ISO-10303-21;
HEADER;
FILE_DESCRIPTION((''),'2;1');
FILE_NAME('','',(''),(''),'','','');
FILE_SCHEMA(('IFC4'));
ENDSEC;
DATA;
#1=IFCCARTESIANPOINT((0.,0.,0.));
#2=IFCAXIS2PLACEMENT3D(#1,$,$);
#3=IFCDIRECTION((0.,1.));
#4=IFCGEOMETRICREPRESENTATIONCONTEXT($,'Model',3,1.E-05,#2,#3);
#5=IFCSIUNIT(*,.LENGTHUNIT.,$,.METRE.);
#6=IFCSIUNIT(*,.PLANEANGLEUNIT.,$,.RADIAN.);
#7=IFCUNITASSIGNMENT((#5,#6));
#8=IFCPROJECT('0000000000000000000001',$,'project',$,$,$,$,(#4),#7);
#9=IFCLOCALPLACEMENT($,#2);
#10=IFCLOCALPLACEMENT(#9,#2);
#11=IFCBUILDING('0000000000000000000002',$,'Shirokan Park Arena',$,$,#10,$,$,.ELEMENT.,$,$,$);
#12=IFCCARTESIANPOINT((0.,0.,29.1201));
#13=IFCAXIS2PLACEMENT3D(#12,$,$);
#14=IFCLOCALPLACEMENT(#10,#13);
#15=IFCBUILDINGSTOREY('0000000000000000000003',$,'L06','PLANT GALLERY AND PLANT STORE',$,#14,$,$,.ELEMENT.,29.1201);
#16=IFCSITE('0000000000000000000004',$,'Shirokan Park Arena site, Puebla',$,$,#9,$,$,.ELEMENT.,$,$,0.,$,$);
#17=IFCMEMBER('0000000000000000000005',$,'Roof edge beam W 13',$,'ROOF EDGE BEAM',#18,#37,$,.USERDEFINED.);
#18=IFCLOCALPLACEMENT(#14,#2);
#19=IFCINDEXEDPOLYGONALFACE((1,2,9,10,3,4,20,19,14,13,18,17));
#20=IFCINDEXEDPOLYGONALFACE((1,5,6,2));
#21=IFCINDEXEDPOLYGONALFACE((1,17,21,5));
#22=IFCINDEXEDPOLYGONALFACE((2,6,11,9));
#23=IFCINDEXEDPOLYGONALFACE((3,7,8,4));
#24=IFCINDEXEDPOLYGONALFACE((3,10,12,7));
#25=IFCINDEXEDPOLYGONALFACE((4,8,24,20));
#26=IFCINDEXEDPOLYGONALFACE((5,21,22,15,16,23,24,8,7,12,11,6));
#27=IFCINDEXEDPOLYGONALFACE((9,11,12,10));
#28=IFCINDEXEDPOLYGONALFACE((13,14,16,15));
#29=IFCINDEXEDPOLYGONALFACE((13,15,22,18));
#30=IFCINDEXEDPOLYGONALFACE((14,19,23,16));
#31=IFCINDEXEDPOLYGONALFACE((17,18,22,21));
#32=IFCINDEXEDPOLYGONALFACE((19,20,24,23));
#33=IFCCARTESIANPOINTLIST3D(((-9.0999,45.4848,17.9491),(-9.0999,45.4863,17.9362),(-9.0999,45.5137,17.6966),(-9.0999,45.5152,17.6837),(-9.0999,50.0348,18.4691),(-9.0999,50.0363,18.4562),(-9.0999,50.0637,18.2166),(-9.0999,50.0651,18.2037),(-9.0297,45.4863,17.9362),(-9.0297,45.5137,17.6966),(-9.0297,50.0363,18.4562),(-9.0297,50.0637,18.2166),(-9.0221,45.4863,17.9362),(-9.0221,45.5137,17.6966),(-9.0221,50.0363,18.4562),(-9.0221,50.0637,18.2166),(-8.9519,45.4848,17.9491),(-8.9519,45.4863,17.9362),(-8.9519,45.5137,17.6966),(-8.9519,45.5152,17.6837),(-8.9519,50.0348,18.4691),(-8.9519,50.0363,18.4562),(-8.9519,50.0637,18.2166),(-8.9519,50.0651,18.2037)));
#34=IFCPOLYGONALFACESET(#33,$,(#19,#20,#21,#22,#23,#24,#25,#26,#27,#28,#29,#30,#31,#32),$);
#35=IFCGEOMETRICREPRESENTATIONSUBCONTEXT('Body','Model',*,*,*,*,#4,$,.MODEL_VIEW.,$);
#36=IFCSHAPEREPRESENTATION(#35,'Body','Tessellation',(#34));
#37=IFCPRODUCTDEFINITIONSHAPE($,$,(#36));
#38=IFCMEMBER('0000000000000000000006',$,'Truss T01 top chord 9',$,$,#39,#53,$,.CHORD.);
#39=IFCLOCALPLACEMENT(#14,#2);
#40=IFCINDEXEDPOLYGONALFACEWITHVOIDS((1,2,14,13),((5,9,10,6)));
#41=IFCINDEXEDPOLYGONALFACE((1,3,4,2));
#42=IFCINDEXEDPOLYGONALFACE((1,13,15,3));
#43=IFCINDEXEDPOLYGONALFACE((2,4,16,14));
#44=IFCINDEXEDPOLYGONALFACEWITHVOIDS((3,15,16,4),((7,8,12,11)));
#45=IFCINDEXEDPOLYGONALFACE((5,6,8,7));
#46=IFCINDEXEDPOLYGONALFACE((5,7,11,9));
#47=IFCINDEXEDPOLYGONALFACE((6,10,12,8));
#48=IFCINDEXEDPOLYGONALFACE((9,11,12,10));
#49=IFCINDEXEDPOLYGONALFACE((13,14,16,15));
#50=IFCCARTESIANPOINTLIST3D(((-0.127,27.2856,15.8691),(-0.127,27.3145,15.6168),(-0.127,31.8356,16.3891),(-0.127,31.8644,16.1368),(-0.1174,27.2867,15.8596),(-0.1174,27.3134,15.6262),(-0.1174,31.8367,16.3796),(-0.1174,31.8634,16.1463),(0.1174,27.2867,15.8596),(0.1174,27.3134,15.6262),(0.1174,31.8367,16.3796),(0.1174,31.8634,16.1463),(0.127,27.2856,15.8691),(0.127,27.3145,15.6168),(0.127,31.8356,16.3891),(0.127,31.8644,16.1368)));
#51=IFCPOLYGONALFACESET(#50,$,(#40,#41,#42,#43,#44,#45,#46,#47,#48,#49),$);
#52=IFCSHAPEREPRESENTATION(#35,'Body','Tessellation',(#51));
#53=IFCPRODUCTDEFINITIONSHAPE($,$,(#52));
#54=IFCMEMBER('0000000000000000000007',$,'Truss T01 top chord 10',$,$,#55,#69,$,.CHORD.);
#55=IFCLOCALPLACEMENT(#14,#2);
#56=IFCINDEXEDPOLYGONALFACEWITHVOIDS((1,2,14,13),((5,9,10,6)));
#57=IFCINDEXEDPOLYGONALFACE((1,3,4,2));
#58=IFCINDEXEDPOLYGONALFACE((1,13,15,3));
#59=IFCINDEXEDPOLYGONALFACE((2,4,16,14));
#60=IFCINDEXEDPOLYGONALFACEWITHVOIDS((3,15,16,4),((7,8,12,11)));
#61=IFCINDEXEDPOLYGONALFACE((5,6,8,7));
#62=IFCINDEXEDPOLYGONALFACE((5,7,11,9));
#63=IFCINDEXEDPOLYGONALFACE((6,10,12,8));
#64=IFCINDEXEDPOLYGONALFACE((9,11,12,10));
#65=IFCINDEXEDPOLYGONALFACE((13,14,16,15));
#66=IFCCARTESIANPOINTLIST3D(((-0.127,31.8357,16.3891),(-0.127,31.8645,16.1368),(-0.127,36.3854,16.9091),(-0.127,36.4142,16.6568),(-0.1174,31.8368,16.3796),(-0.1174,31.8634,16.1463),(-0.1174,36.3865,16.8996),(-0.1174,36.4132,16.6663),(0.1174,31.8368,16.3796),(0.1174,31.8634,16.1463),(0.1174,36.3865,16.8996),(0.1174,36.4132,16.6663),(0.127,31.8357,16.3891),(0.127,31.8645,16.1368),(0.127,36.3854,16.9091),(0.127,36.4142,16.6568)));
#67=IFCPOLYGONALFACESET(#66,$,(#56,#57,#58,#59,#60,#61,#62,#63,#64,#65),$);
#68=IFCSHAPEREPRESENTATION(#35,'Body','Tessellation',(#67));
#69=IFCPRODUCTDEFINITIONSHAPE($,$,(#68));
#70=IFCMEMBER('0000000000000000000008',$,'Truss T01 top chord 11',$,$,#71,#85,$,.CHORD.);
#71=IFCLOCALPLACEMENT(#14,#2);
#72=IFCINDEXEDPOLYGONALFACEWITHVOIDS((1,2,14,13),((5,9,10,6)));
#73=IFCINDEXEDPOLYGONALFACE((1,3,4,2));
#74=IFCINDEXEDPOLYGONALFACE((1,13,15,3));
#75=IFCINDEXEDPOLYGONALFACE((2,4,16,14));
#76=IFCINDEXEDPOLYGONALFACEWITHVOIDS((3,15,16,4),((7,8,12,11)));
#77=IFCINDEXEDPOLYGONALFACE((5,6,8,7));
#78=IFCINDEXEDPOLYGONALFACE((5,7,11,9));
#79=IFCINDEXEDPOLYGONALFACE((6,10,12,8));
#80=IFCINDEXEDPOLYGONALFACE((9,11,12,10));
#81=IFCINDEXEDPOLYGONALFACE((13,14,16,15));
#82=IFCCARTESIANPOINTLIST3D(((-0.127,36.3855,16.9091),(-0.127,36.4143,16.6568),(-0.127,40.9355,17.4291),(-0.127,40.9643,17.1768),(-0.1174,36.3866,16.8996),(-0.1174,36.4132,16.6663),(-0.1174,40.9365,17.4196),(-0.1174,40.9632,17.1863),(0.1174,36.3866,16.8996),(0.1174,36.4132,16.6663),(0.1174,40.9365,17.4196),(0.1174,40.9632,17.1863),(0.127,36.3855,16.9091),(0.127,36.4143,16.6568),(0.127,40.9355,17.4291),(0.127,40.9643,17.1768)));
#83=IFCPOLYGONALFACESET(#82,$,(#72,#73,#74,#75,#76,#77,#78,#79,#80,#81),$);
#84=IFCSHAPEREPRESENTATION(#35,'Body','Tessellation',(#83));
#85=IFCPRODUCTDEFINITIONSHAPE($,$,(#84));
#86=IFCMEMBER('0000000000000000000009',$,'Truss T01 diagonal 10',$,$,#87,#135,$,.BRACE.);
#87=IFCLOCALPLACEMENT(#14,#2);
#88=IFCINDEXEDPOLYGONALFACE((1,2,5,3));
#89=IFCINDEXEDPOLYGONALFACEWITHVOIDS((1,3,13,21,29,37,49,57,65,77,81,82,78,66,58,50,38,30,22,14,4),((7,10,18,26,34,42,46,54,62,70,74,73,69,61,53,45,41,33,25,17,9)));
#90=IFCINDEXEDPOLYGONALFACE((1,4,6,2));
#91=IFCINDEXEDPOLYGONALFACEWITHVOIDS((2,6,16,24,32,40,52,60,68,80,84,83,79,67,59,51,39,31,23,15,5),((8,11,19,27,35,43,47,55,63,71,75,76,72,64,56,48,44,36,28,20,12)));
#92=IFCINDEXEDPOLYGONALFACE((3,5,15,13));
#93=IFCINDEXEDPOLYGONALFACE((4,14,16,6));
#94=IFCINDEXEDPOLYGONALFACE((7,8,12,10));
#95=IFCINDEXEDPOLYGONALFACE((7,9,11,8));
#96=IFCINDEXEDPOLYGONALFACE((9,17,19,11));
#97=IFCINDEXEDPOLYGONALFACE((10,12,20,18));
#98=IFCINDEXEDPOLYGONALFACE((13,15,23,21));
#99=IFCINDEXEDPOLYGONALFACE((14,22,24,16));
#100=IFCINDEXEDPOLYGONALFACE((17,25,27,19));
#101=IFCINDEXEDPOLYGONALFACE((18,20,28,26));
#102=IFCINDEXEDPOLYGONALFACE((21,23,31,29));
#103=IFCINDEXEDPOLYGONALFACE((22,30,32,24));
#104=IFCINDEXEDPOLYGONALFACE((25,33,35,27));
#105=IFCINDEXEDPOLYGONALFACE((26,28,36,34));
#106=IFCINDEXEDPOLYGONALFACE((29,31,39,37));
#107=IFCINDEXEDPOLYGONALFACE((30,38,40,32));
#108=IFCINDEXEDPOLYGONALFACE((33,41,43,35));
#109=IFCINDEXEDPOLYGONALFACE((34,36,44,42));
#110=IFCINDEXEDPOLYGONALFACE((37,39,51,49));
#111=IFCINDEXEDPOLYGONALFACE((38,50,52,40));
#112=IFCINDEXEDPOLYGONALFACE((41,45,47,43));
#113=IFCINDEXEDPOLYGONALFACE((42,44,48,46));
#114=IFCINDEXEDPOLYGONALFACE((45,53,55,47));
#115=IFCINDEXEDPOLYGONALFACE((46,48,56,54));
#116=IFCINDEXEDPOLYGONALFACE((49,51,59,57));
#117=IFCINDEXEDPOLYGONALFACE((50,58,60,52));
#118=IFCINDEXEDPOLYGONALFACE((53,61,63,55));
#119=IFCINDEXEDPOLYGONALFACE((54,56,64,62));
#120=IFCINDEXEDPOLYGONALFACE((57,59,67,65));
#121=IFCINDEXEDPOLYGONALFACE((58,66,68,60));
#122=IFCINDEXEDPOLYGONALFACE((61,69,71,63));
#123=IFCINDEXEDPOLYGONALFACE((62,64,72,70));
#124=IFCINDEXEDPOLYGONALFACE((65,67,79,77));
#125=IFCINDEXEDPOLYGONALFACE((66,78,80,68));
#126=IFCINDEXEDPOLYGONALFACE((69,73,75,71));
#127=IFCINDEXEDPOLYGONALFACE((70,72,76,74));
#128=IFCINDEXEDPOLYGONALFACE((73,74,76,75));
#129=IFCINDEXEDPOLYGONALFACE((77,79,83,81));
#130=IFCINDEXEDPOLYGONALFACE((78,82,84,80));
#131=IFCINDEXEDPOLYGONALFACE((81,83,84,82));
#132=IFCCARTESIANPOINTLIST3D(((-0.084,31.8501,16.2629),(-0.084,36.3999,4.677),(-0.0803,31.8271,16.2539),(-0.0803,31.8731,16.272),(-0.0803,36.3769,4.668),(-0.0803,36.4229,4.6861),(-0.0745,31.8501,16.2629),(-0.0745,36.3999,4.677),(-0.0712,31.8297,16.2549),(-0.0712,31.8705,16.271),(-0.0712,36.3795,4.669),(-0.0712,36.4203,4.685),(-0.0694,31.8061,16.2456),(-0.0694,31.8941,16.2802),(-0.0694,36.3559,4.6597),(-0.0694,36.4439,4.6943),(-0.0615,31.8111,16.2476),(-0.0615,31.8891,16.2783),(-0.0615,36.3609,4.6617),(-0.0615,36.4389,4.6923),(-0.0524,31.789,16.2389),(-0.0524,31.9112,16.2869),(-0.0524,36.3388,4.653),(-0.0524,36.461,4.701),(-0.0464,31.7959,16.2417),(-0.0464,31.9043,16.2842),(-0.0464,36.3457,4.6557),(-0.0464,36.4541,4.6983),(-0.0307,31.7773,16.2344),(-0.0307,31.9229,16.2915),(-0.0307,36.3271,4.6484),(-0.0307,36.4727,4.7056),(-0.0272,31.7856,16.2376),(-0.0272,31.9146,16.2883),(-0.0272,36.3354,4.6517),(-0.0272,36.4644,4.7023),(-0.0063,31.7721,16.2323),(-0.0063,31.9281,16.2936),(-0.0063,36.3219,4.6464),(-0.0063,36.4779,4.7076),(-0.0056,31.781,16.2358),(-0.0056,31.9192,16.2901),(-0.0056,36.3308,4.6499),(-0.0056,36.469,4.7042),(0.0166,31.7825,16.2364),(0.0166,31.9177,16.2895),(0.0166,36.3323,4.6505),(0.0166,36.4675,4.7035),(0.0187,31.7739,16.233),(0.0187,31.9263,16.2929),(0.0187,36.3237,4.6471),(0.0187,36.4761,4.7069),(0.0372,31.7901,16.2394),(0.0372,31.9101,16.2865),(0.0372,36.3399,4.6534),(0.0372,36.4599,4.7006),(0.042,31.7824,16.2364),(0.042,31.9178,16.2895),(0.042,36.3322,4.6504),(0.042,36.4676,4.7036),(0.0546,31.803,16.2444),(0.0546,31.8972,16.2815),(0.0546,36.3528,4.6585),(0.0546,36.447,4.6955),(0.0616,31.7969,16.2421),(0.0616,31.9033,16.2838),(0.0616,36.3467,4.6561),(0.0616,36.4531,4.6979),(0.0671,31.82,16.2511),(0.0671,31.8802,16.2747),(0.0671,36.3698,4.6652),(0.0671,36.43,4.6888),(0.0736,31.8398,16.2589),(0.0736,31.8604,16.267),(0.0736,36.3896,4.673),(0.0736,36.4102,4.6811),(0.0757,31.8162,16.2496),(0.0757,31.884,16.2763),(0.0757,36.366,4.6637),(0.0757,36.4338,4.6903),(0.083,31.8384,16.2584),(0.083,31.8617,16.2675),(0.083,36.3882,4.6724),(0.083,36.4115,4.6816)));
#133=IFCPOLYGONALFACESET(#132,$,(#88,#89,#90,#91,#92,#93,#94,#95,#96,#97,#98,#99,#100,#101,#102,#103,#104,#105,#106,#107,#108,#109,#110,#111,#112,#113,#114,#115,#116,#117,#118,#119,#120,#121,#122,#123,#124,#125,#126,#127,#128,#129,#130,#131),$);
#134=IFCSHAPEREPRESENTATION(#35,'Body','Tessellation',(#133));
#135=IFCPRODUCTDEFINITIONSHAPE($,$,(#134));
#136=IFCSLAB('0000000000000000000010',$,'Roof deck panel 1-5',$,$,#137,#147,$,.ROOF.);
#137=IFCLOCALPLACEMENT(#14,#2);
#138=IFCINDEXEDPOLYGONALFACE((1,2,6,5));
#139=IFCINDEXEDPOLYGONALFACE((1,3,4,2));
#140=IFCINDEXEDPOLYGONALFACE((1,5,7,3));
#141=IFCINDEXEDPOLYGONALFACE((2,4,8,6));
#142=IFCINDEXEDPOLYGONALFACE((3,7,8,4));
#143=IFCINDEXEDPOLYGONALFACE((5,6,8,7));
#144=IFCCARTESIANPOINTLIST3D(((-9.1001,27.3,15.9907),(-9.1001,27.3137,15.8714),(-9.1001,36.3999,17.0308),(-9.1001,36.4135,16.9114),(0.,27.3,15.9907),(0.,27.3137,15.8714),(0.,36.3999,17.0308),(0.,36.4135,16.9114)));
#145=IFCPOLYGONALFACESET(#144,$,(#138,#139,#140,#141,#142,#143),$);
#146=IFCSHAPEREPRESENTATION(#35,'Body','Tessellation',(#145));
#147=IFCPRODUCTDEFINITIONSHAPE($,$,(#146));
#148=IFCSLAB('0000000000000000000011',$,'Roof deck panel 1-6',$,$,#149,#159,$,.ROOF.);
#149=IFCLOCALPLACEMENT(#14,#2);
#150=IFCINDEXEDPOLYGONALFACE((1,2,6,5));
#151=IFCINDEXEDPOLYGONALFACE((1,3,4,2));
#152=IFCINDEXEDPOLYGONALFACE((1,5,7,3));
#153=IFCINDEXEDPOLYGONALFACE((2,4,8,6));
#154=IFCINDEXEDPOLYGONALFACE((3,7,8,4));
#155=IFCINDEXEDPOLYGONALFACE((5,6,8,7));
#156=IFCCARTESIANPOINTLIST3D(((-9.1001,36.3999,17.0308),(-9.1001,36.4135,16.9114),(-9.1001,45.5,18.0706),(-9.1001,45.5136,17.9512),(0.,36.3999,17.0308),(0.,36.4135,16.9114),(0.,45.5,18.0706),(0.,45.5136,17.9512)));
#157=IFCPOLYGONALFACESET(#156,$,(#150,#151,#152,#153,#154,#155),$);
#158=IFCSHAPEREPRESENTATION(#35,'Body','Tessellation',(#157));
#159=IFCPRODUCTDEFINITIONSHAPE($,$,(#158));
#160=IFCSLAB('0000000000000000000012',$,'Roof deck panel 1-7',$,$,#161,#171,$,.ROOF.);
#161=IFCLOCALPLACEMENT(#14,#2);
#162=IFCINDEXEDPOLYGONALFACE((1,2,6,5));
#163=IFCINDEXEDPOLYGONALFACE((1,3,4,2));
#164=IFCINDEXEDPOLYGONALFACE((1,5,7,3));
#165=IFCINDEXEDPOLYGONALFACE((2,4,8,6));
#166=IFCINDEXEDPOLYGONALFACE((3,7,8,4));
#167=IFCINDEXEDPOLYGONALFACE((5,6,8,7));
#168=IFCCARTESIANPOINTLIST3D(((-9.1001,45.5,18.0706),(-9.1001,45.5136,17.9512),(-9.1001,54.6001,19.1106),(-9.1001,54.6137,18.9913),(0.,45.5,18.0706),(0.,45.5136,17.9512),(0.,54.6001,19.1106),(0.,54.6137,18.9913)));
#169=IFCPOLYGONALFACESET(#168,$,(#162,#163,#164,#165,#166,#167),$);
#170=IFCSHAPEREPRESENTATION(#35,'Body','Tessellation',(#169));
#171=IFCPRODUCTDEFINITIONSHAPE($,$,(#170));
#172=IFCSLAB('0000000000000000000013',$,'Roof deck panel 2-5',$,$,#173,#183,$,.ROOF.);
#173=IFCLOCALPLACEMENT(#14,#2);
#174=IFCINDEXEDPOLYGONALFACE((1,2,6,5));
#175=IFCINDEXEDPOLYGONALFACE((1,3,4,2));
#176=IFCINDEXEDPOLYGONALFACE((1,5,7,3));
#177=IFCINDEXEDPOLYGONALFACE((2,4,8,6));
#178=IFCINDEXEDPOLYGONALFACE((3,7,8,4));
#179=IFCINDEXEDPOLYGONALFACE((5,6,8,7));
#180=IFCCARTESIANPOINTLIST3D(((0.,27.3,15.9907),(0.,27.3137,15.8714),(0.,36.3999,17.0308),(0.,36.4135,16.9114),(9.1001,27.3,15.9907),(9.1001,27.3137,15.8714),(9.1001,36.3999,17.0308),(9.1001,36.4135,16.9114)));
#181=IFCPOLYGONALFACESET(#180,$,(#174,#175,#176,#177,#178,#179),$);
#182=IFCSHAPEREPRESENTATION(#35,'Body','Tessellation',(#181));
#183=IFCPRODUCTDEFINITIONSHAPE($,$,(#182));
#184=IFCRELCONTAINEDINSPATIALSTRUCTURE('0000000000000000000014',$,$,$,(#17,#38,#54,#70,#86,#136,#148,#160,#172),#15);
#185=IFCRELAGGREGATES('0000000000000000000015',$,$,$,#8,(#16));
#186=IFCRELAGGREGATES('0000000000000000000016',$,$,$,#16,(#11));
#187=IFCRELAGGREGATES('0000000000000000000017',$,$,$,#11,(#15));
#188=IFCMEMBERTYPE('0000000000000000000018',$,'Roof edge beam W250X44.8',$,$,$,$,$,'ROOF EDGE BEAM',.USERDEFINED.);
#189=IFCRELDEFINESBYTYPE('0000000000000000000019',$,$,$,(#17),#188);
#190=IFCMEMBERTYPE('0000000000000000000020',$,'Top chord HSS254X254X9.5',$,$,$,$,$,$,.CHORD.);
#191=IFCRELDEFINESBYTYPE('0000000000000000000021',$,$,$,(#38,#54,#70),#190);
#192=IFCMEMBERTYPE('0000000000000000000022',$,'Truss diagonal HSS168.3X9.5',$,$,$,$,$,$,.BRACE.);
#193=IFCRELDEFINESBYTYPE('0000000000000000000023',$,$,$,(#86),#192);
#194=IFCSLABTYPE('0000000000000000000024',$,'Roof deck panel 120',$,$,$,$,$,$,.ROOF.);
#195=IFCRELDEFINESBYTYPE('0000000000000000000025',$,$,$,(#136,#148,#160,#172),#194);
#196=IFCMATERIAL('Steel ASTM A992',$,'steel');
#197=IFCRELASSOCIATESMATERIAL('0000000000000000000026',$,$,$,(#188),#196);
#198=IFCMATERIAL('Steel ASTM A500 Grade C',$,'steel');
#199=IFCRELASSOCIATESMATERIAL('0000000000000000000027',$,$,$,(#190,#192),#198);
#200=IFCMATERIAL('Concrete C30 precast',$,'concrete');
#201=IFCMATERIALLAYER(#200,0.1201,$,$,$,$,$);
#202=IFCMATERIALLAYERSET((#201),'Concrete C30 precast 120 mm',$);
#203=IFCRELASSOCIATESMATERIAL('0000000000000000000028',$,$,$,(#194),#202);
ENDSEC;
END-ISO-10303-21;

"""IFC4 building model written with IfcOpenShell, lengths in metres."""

from ifc_helpers import new_model, si_unit, direction, frame, origin, origin_2d, place, context, subcontext, project, spatial, polyline, hollow_rectangle, hollow_circle, i_section, outline, extrude, material, layer, layer_set, material_profile, profile_set, type_object, element, save


model = new_model("IFC4")

# Units and contexts
model_context = context("Model", 3, precision=1e-05, world=origin(), true_north=direction((0.0, 1.0)))
body_context = subcontext(model_context, "Body", "Model", "MODEL_VIEW")
ifc_project = project(units=[si_unit("LENGTHUNIT", "METRE"), si_unit("PLANEANGLEUNIT", "RADIAN")], contexts=[model_context])

# Site, building, storey
site_placement = place(None, origin())
site = spatial("IfcSite", under=ifc_project, at=site_placement, Name="Shirokan Park Arena site, Puebla", CompositionType="ELEMENT", RefElevation=0.0)
building_placement = place(site_placement, origin())
building = spatial("IfcBuilding", under=site, at=building_placement, Name="Shirokan Park Arena", CompositionType="ELEMENT")
storey_placement = place(building_placement, frame((0.0, 0.0, 29.1201)))
storey = spatial("IfcBuildingStorey", under=building, at=storey_placement, Name="L06", Description="PLANT GALLERY AND PLANT STORE", CompositionType="ELEMENT", Elevation=29.1201)

# Members
ifc_material_1 = material(Name="Steel ASTM A992", Category="steel")
ifc_material_profile_1 = material_profile(ifc_material_1, i_section(OverallWidth=0.1479, OverallDepth=0.2671, WebThickness=0.0076, FlangeThickness=0.0129, at=origin_2d()), Name="W250X44.8")
ifc_profile_set_1 = profile_set([ifc_material_profile_1], Name="Steel ASTM A992")
member_type_1 = type_object("IfcMemberType", Name="Roof edge beam W250X44.8", ElementType="ROOF EDGE BEAM", PredefinedType="USERDEFINED", material=ifc_profile_set_1)
for number, where, z_axis, x_axis, name in (
    (1, (-9.0259, 45.5, 17.8164), (0.0, 0.993532, 0.11355), (-1.0, 0.0, 0.0), "Roof edge beam W 13"),
):
    element("IfcMember", number, at=place(storey_placement, frame(where, z_axis=z_axis, x_axis=x_axis)), inside=storey, type_object=member_type_1, Name=name, ObjectType="ROOF EDGE BEAM", PredefinedType="USERDEFINED", context=body_context, shape_type="SweptSolid", body=[
        extrude(i_section(OverallWidth=0.1479, OverallDepth=0.2671, WebThickness=0.0076, FlangeThickness=0.0129, at=origin_2d()), origin(), (0.0, 0.0, 1.0), 4.5796),
    ])
ifc_material_2 = material(Name="Steel ASTM A500 Grade C", Category="steel")
ifc_material_profile_2 = material_profile(ifc_material_2, hollow_rectangle(XDim=0.2539, YDim=0.2539, WallThickness=0.0095, at=origin_2d()), Name="HSS254X254X9.5")
ifc_profile_set_2 = profile_set([ifc_material_profile_2], Name="Steel ASTM A500 Grade C")
member_type_2 = type_object("IfcMemberType", Name="Top chord HSS254X254X9.5", PredefinedType="CHORD", material=ifc_profile_set_2)
member_1_placement = place(storey_placement, frame((0.0, 27.3, 15.7429), z_axis=(0.0, 0.993532, 0.11355), x_axis=(-1.0, 0.0, 0.0)))
element("IfcMember", 2, at=member_1_placement, inside=storey, type_object=member_type_2, Name="Truss T01 top chord 9", PredefinedType="CHORD", context=body_context, shape_type="SweptSolid", body=[
    extrude(hollow_rectangle(XDim=0.2539, YDim=0.2539, WallThickness=0.0095, at=origin_2d()), origin(), (0.0, 0.0, 1.0), 4.5796),
])
member_2_placement = place(storey_placement, frame((0.0, 31.8501, 16.2629), z_axis=(0.0, 0.993532, 0.113556), x_axis=(-1.0, 0.0, 0.0)))
element("IfcMember", 3, at=member_2_placement, inside=storey, type_object=member_type_2, Name="Truss T01 top chord 10", PredefinedType="CHORD", context=body_context, shape_type="SweptSolid", body=[
    extrude(hollow_rectangle(XDim=0.2539, YDim=0.2539, WallThickness=0.0095, at=origin_2d()), origin(), (0.0, 0.0, 1.0), 4.5793),
])
member_3_placement = place(storey_placement, frame((0.0, 36.3999, 16.783), z_axis=(0.0, 0.993532, 0.11355), x_axis=(-1.0, 0.0, 0.0)))
element("IfcMember", 4, at=member_3_placement, inside=storey, type_object=member_type_2, Name="Truss T01 top chord 11", PredefinedType="CHORD", context=body_context, shape_type="SweptSolid", body=[
    extrude(hollow_rectangle(XDim=0.2539, YDim=0.2539, WallThickness=0.0095, at=origin_2d()), origin(), (0.0, 0.0, 1.0), 4.5796),
])
ifc_material_profile_3 = material_profile(ifc_material_2, hollow_circle(Radius=0.084, WallThickness=0.0095, at=origin_2d()), Name="HSS168.3X9.5")
ifc_profile_set_3 = profile_set([ifc_material_profile_3], Name="Steel ASTM A500 Grade C")
member_type_3 = type_object("IfcMemberType", Name="Truss diagonal HSS168.3X9.5", PredefinedType="BRACE", material=ifc_profile_set_3)
member_4_placement = place(storey_placement, frame((0.0, 31.8501, 16.2629), z_axis=(0.0, 0.365526, -0.930801), x_axis=(-1.0, 0.0, 0.0)))
element("IfcMember", 5, at=member_4_placement, inside=storey, type_object=member_type_3, Name="Truss T01 diagonal 10", PredefinedType="BRACE", context=body_context, shape_type="SweptSolid", body=[
    extrude(hollow_circle(Radius=0.084, WallThickness=0.0095, at=origin_2d()), origin(), (0.0, 0.0, 1.0), 12.4473),
])

# Slabs
ifc_material_3 = material(Name="Concrete C30 precast", Category="concrete")
ifc_layer_1 = layer(ifc_material_3, 0.1201)
ifc_layer_set_1 = layer_set([ifc_layer_1], Name="Concrete C30 precast 120 mm")
slab_type = type_object("IfcSlabType", Name="Roof deck panel 120", PredefinedType="ROOF", material=ifc_layer_set_1)
slab_1_placement = place(storey_placement, frame((-9.1001, 27.3, 15.9907), z_axis=(0.0, -0.113553, 0.993532), x_axis=(1.0, 0.0, 0.0)))
element("IfcSlab", 6, at=slab_1_placement, inside=storey, type_object=slab_type, Name="Roof deck panel 1-5", PredefinedType="ROOF", context=body_context, shape_type="SweptSolid", body=[
    extrude(outline(polyline([(0.0, 0.0), (9.1001, 0.0), (9.1001, 9.1591), (0.0, 9.1591), (0.0, 0.0)])), origin(), (0.0, 0.0, -1.0), 0.1201),
])
slab_2_placement = place(storey_placement, frame((-9.1001, 36.3999, 17.0308), z_axis=(0.0, -0.113523, 0.993535), x_axis=(1.0, 0.0, 0.0)))
element("IfcSlab", 7, at=slab_2_placement, inside=storey, type_object=slab_type, Name="Roof deck panel 1-6", PredefinedType="ROOF", context=body_context, shape_type="SweptSolid", body=[
    extrude(outline(polyline([(0.0, 0.0), (9.1001, 0.0), (9.1001, 9.1593), (0.0, 9.1593), (0.0, 0.0)])), origin(), (0.0, 0.0, -1.0), 0.1201),
])
slab_3_placement = place(storey_placement, frame((-9.1001, 45.5, 18.0706), z_axis=(0.0, -0.11355, 0.993532), x_axis=(1.0, 0.0, 0.0)))
element("IfcSlab", 8, at=slab_3_placement, inside=storey, type_object=slab_type, Name="Roof deck panel 1-7", PredefinedType="ROOF", context=body_context, shape_type="SweptSolid", body=[
    extrude(outline(polyline([(0.0, 0.0), (9.1001, 0.0), (9.1001, 9.1593), (0.0, 9.1593), (0.0, 0.0)])), origin(), (0.0, 0.0, -1.0), 0.1201),
])
slab_4_placement = place(storey_placement, frame((0.0, 27.3, 15.9907), z_axis=(0.0, -0.113553, 0.993532), x_axis=(1.0, 0.0, 0.0)))
element("IfcSlab", 9, at=slab_4_placement, inside=storey, type_object=slab_type, Name="Roof deck panel 2-5", PredefinedType="ROOF", context=body_context, shape_type="SweptSolid", body=[
    extrude(outline(polyline([(0.0, 0.0), (9.1001, 0.0), (9.1001, 9.1591), (0.0, 9.1591), (0.0, 0.0)])), origin(), (0.0, 0.0, -1.0), 0.1201),
])

save(model, "model.ifc")
